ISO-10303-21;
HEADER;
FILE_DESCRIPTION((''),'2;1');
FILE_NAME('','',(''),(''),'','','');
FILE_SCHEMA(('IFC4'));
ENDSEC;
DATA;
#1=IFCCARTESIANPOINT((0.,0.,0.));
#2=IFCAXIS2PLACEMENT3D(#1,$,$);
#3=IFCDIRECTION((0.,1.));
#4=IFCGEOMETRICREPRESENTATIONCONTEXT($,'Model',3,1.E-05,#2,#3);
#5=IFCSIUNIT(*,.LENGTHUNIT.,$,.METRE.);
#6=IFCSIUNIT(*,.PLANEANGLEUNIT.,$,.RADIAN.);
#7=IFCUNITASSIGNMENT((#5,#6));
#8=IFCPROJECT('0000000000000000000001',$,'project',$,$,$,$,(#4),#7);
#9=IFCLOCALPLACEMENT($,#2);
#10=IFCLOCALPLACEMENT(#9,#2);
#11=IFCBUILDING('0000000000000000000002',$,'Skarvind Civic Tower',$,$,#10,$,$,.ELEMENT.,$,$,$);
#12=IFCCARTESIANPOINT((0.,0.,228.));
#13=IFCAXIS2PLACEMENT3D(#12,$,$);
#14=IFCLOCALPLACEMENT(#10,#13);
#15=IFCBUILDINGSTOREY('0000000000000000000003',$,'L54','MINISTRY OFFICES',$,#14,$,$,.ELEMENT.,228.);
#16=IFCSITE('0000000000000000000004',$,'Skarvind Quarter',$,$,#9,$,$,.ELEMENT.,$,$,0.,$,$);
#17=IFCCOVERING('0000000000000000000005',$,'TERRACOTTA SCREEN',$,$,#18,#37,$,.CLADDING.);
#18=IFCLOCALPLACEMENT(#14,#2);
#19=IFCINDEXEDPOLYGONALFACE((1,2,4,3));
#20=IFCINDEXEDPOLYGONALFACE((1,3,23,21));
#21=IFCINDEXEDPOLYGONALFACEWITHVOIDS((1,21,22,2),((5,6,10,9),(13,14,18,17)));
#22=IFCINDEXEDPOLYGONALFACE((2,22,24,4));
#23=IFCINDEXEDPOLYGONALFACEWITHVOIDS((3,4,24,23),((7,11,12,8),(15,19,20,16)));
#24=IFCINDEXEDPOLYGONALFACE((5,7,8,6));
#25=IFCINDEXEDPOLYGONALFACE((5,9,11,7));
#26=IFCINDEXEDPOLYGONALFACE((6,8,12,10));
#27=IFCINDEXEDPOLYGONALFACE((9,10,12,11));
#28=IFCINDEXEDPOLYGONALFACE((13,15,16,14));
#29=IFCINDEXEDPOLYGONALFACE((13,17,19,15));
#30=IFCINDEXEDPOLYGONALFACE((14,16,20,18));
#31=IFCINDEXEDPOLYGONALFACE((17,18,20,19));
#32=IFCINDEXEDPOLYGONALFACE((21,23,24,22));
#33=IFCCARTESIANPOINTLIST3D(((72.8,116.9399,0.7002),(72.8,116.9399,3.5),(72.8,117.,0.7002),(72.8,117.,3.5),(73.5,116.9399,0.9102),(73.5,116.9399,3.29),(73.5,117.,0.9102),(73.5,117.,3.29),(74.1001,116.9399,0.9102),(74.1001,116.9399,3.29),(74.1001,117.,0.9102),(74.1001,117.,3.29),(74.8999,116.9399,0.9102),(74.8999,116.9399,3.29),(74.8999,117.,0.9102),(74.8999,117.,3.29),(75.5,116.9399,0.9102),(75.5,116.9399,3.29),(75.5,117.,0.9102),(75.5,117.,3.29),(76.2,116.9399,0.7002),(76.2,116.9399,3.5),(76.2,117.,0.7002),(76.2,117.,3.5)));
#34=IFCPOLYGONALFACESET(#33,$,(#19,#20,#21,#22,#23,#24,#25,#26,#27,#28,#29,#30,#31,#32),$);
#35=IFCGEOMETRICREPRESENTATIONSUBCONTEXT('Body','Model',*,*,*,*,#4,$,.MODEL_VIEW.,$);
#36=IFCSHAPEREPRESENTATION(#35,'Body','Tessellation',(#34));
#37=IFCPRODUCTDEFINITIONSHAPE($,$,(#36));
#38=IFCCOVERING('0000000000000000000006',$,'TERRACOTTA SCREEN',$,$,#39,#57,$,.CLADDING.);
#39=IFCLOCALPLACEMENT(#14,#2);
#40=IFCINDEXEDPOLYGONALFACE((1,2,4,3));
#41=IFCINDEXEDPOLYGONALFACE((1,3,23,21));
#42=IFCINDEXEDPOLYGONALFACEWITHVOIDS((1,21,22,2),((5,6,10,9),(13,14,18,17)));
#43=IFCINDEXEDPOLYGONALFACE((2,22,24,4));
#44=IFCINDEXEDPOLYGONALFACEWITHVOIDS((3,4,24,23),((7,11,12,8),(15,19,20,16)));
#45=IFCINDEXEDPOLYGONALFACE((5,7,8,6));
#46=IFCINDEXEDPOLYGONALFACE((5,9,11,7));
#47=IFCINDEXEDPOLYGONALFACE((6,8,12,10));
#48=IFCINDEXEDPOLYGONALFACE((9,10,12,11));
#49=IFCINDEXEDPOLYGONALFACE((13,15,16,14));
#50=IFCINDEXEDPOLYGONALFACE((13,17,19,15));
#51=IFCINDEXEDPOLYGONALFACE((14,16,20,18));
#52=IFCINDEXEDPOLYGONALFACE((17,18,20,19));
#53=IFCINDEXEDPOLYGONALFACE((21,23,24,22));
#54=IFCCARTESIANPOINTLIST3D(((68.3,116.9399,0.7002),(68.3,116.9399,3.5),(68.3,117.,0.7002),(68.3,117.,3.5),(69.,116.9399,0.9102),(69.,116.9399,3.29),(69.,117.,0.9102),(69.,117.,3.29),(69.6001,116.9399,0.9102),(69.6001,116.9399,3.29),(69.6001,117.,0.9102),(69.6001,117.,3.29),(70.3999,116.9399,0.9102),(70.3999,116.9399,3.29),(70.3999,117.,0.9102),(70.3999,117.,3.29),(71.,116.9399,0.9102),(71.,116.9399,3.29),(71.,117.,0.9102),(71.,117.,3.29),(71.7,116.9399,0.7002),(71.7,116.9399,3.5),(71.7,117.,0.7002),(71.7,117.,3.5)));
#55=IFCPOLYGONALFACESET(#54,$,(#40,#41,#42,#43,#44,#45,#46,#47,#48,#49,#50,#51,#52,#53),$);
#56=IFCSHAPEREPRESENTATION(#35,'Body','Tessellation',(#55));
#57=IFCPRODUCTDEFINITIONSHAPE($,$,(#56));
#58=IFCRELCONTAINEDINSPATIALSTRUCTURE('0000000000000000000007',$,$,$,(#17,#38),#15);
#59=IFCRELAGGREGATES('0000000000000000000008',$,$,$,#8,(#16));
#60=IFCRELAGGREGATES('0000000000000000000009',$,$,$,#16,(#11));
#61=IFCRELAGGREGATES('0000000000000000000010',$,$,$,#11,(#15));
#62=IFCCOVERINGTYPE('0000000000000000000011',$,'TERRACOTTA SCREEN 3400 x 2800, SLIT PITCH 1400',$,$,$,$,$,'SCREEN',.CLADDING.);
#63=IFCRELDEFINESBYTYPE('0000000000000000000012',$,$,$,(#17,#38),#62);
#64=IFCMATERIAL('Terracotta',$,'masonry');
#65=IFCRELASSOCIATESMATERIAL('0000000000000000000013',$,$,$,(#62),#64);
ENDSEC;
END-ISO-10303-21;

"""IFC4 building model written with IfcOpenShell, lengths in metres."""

from ifc_helpers import new_model, si_unit, direction, frame, origin, place, context, subcontext, project, spatial, polyline, outline, extrude, material, material_profile, profile_set, type_object, element, save


model = new_model("IFC4")

# Units and contexts
model_context = context("Model", 3, precision=1e-05, world=origin(), true_north=direction((0.0, 1.0)))
body_context = subcontext(model_context, "Body", "Model", "MODEL_VIEW")
ifc_project = project(units=[si_unit("LENGTHUNIT", "METRE"), si_unit("PLANEANGLEUNIT", "RADIAN")], contexts=[model_context])

# Site, building, storey
site_placement = place(None, origin())
site = spatial("IfcSite", under=ifc_project, at=site_placement, Name="Skarvind Quarter", CompositionType="ELEMENT", RefElevation=0.0)
building_placement = place(site_placement, origin())
building = spatial("IfcBuilding", under=site, at=building_placement, Name="Skarvind Civic Tower", CompositionType="ELEMENT")
storey_placement = place(building_placement, frame((0.0, 0.0, 228.0)))
storey = spatial("IfcBuildingStorey", under=building, at=storey_placement, Name="L54", Description="MINISTRY OFFICES", CompositionType="ELEMENT", Elevation=228.0)

# Coverings
ifc_material_1 = material(Name="Terracotta", Category="masonry")
ifc_material_profile_1 = material_profile(ifc_material_1, outline(polyline([(-1.7, -1.3999), (1.7, -1.3999), (1.7, 1.3999), (-1.7, 1.3999), (-1.7, -1.3999)]), holes=[polyline([(-1.0, -1.1899), (-0.3999, -1.1899), (-0.3999, 1.1899), (-1.0, 1.1899), (-1.0, -1.1899)]), polyline([(0.3999, -1.1899), (1.0, -1.1899), (1.0, 1.1899), (0.3999, 1.1899), (0.3999, -1.1899)])]), Name="TERRACOTTA SCREEN 3400 x 2800, SLIT PITCH 1400")
ifc_profile_set_1 = profile_set([ifc_material_profile_1], Name="Terracotta")
covering_type = type_object("IfcCoveringType", Name="TERRACOTTA SCREEN 3400 x 2800, SLIT PITCH 1400", ElementType="SCREEN", PredefinedType="CLADDING", material=ifc_profile_set_1)
for number, where, z_axis, x_axis, name in (
    (1, (74.5, 117.0, 2.1001), (0.0, -1.0, 0.0), (1.0, 0.0, 0.0), "TERRACOTTA SCREEN"),
    (2, (70.0, 117.0, 2.1001), (0.0, -1.0, 0.0), (1.0, 0.0, 0.0), "TERRACOTTA SCREEN"),
):
    element("IfcCovering", number, at=place(storey_placement, frame(where, z_axis=z_axis, x_axis=x_axis)), inside=storey, type_object=covering_type, Name=name, PredefinedType="CLADDING", context=body_context, shape_type="SweptSolid", body=[
        extrude(outline(polyline([(-1.7, -1.3999), (1.7, -1.3999), (1.7, 1.3999), (-1.7, 1.3999), (-1.7, -1.3999)]), holes=[polyline([(-1.0, -1.1899), (-0.3999, -1.1899), (-0.3999, 1.1899), (-1.0, 1.1899), (-1.0, -1.1899)]), polyline([(0.3999, -1.1899), (1.0, -1.1899), (1.0, 1.1899), (0.3999, 1.1899), (0.3999, -1.1899)])]), origin(), (0.0, 0.0, 1.0), 0.0601),
    ])

save(model, "model.ifc")
